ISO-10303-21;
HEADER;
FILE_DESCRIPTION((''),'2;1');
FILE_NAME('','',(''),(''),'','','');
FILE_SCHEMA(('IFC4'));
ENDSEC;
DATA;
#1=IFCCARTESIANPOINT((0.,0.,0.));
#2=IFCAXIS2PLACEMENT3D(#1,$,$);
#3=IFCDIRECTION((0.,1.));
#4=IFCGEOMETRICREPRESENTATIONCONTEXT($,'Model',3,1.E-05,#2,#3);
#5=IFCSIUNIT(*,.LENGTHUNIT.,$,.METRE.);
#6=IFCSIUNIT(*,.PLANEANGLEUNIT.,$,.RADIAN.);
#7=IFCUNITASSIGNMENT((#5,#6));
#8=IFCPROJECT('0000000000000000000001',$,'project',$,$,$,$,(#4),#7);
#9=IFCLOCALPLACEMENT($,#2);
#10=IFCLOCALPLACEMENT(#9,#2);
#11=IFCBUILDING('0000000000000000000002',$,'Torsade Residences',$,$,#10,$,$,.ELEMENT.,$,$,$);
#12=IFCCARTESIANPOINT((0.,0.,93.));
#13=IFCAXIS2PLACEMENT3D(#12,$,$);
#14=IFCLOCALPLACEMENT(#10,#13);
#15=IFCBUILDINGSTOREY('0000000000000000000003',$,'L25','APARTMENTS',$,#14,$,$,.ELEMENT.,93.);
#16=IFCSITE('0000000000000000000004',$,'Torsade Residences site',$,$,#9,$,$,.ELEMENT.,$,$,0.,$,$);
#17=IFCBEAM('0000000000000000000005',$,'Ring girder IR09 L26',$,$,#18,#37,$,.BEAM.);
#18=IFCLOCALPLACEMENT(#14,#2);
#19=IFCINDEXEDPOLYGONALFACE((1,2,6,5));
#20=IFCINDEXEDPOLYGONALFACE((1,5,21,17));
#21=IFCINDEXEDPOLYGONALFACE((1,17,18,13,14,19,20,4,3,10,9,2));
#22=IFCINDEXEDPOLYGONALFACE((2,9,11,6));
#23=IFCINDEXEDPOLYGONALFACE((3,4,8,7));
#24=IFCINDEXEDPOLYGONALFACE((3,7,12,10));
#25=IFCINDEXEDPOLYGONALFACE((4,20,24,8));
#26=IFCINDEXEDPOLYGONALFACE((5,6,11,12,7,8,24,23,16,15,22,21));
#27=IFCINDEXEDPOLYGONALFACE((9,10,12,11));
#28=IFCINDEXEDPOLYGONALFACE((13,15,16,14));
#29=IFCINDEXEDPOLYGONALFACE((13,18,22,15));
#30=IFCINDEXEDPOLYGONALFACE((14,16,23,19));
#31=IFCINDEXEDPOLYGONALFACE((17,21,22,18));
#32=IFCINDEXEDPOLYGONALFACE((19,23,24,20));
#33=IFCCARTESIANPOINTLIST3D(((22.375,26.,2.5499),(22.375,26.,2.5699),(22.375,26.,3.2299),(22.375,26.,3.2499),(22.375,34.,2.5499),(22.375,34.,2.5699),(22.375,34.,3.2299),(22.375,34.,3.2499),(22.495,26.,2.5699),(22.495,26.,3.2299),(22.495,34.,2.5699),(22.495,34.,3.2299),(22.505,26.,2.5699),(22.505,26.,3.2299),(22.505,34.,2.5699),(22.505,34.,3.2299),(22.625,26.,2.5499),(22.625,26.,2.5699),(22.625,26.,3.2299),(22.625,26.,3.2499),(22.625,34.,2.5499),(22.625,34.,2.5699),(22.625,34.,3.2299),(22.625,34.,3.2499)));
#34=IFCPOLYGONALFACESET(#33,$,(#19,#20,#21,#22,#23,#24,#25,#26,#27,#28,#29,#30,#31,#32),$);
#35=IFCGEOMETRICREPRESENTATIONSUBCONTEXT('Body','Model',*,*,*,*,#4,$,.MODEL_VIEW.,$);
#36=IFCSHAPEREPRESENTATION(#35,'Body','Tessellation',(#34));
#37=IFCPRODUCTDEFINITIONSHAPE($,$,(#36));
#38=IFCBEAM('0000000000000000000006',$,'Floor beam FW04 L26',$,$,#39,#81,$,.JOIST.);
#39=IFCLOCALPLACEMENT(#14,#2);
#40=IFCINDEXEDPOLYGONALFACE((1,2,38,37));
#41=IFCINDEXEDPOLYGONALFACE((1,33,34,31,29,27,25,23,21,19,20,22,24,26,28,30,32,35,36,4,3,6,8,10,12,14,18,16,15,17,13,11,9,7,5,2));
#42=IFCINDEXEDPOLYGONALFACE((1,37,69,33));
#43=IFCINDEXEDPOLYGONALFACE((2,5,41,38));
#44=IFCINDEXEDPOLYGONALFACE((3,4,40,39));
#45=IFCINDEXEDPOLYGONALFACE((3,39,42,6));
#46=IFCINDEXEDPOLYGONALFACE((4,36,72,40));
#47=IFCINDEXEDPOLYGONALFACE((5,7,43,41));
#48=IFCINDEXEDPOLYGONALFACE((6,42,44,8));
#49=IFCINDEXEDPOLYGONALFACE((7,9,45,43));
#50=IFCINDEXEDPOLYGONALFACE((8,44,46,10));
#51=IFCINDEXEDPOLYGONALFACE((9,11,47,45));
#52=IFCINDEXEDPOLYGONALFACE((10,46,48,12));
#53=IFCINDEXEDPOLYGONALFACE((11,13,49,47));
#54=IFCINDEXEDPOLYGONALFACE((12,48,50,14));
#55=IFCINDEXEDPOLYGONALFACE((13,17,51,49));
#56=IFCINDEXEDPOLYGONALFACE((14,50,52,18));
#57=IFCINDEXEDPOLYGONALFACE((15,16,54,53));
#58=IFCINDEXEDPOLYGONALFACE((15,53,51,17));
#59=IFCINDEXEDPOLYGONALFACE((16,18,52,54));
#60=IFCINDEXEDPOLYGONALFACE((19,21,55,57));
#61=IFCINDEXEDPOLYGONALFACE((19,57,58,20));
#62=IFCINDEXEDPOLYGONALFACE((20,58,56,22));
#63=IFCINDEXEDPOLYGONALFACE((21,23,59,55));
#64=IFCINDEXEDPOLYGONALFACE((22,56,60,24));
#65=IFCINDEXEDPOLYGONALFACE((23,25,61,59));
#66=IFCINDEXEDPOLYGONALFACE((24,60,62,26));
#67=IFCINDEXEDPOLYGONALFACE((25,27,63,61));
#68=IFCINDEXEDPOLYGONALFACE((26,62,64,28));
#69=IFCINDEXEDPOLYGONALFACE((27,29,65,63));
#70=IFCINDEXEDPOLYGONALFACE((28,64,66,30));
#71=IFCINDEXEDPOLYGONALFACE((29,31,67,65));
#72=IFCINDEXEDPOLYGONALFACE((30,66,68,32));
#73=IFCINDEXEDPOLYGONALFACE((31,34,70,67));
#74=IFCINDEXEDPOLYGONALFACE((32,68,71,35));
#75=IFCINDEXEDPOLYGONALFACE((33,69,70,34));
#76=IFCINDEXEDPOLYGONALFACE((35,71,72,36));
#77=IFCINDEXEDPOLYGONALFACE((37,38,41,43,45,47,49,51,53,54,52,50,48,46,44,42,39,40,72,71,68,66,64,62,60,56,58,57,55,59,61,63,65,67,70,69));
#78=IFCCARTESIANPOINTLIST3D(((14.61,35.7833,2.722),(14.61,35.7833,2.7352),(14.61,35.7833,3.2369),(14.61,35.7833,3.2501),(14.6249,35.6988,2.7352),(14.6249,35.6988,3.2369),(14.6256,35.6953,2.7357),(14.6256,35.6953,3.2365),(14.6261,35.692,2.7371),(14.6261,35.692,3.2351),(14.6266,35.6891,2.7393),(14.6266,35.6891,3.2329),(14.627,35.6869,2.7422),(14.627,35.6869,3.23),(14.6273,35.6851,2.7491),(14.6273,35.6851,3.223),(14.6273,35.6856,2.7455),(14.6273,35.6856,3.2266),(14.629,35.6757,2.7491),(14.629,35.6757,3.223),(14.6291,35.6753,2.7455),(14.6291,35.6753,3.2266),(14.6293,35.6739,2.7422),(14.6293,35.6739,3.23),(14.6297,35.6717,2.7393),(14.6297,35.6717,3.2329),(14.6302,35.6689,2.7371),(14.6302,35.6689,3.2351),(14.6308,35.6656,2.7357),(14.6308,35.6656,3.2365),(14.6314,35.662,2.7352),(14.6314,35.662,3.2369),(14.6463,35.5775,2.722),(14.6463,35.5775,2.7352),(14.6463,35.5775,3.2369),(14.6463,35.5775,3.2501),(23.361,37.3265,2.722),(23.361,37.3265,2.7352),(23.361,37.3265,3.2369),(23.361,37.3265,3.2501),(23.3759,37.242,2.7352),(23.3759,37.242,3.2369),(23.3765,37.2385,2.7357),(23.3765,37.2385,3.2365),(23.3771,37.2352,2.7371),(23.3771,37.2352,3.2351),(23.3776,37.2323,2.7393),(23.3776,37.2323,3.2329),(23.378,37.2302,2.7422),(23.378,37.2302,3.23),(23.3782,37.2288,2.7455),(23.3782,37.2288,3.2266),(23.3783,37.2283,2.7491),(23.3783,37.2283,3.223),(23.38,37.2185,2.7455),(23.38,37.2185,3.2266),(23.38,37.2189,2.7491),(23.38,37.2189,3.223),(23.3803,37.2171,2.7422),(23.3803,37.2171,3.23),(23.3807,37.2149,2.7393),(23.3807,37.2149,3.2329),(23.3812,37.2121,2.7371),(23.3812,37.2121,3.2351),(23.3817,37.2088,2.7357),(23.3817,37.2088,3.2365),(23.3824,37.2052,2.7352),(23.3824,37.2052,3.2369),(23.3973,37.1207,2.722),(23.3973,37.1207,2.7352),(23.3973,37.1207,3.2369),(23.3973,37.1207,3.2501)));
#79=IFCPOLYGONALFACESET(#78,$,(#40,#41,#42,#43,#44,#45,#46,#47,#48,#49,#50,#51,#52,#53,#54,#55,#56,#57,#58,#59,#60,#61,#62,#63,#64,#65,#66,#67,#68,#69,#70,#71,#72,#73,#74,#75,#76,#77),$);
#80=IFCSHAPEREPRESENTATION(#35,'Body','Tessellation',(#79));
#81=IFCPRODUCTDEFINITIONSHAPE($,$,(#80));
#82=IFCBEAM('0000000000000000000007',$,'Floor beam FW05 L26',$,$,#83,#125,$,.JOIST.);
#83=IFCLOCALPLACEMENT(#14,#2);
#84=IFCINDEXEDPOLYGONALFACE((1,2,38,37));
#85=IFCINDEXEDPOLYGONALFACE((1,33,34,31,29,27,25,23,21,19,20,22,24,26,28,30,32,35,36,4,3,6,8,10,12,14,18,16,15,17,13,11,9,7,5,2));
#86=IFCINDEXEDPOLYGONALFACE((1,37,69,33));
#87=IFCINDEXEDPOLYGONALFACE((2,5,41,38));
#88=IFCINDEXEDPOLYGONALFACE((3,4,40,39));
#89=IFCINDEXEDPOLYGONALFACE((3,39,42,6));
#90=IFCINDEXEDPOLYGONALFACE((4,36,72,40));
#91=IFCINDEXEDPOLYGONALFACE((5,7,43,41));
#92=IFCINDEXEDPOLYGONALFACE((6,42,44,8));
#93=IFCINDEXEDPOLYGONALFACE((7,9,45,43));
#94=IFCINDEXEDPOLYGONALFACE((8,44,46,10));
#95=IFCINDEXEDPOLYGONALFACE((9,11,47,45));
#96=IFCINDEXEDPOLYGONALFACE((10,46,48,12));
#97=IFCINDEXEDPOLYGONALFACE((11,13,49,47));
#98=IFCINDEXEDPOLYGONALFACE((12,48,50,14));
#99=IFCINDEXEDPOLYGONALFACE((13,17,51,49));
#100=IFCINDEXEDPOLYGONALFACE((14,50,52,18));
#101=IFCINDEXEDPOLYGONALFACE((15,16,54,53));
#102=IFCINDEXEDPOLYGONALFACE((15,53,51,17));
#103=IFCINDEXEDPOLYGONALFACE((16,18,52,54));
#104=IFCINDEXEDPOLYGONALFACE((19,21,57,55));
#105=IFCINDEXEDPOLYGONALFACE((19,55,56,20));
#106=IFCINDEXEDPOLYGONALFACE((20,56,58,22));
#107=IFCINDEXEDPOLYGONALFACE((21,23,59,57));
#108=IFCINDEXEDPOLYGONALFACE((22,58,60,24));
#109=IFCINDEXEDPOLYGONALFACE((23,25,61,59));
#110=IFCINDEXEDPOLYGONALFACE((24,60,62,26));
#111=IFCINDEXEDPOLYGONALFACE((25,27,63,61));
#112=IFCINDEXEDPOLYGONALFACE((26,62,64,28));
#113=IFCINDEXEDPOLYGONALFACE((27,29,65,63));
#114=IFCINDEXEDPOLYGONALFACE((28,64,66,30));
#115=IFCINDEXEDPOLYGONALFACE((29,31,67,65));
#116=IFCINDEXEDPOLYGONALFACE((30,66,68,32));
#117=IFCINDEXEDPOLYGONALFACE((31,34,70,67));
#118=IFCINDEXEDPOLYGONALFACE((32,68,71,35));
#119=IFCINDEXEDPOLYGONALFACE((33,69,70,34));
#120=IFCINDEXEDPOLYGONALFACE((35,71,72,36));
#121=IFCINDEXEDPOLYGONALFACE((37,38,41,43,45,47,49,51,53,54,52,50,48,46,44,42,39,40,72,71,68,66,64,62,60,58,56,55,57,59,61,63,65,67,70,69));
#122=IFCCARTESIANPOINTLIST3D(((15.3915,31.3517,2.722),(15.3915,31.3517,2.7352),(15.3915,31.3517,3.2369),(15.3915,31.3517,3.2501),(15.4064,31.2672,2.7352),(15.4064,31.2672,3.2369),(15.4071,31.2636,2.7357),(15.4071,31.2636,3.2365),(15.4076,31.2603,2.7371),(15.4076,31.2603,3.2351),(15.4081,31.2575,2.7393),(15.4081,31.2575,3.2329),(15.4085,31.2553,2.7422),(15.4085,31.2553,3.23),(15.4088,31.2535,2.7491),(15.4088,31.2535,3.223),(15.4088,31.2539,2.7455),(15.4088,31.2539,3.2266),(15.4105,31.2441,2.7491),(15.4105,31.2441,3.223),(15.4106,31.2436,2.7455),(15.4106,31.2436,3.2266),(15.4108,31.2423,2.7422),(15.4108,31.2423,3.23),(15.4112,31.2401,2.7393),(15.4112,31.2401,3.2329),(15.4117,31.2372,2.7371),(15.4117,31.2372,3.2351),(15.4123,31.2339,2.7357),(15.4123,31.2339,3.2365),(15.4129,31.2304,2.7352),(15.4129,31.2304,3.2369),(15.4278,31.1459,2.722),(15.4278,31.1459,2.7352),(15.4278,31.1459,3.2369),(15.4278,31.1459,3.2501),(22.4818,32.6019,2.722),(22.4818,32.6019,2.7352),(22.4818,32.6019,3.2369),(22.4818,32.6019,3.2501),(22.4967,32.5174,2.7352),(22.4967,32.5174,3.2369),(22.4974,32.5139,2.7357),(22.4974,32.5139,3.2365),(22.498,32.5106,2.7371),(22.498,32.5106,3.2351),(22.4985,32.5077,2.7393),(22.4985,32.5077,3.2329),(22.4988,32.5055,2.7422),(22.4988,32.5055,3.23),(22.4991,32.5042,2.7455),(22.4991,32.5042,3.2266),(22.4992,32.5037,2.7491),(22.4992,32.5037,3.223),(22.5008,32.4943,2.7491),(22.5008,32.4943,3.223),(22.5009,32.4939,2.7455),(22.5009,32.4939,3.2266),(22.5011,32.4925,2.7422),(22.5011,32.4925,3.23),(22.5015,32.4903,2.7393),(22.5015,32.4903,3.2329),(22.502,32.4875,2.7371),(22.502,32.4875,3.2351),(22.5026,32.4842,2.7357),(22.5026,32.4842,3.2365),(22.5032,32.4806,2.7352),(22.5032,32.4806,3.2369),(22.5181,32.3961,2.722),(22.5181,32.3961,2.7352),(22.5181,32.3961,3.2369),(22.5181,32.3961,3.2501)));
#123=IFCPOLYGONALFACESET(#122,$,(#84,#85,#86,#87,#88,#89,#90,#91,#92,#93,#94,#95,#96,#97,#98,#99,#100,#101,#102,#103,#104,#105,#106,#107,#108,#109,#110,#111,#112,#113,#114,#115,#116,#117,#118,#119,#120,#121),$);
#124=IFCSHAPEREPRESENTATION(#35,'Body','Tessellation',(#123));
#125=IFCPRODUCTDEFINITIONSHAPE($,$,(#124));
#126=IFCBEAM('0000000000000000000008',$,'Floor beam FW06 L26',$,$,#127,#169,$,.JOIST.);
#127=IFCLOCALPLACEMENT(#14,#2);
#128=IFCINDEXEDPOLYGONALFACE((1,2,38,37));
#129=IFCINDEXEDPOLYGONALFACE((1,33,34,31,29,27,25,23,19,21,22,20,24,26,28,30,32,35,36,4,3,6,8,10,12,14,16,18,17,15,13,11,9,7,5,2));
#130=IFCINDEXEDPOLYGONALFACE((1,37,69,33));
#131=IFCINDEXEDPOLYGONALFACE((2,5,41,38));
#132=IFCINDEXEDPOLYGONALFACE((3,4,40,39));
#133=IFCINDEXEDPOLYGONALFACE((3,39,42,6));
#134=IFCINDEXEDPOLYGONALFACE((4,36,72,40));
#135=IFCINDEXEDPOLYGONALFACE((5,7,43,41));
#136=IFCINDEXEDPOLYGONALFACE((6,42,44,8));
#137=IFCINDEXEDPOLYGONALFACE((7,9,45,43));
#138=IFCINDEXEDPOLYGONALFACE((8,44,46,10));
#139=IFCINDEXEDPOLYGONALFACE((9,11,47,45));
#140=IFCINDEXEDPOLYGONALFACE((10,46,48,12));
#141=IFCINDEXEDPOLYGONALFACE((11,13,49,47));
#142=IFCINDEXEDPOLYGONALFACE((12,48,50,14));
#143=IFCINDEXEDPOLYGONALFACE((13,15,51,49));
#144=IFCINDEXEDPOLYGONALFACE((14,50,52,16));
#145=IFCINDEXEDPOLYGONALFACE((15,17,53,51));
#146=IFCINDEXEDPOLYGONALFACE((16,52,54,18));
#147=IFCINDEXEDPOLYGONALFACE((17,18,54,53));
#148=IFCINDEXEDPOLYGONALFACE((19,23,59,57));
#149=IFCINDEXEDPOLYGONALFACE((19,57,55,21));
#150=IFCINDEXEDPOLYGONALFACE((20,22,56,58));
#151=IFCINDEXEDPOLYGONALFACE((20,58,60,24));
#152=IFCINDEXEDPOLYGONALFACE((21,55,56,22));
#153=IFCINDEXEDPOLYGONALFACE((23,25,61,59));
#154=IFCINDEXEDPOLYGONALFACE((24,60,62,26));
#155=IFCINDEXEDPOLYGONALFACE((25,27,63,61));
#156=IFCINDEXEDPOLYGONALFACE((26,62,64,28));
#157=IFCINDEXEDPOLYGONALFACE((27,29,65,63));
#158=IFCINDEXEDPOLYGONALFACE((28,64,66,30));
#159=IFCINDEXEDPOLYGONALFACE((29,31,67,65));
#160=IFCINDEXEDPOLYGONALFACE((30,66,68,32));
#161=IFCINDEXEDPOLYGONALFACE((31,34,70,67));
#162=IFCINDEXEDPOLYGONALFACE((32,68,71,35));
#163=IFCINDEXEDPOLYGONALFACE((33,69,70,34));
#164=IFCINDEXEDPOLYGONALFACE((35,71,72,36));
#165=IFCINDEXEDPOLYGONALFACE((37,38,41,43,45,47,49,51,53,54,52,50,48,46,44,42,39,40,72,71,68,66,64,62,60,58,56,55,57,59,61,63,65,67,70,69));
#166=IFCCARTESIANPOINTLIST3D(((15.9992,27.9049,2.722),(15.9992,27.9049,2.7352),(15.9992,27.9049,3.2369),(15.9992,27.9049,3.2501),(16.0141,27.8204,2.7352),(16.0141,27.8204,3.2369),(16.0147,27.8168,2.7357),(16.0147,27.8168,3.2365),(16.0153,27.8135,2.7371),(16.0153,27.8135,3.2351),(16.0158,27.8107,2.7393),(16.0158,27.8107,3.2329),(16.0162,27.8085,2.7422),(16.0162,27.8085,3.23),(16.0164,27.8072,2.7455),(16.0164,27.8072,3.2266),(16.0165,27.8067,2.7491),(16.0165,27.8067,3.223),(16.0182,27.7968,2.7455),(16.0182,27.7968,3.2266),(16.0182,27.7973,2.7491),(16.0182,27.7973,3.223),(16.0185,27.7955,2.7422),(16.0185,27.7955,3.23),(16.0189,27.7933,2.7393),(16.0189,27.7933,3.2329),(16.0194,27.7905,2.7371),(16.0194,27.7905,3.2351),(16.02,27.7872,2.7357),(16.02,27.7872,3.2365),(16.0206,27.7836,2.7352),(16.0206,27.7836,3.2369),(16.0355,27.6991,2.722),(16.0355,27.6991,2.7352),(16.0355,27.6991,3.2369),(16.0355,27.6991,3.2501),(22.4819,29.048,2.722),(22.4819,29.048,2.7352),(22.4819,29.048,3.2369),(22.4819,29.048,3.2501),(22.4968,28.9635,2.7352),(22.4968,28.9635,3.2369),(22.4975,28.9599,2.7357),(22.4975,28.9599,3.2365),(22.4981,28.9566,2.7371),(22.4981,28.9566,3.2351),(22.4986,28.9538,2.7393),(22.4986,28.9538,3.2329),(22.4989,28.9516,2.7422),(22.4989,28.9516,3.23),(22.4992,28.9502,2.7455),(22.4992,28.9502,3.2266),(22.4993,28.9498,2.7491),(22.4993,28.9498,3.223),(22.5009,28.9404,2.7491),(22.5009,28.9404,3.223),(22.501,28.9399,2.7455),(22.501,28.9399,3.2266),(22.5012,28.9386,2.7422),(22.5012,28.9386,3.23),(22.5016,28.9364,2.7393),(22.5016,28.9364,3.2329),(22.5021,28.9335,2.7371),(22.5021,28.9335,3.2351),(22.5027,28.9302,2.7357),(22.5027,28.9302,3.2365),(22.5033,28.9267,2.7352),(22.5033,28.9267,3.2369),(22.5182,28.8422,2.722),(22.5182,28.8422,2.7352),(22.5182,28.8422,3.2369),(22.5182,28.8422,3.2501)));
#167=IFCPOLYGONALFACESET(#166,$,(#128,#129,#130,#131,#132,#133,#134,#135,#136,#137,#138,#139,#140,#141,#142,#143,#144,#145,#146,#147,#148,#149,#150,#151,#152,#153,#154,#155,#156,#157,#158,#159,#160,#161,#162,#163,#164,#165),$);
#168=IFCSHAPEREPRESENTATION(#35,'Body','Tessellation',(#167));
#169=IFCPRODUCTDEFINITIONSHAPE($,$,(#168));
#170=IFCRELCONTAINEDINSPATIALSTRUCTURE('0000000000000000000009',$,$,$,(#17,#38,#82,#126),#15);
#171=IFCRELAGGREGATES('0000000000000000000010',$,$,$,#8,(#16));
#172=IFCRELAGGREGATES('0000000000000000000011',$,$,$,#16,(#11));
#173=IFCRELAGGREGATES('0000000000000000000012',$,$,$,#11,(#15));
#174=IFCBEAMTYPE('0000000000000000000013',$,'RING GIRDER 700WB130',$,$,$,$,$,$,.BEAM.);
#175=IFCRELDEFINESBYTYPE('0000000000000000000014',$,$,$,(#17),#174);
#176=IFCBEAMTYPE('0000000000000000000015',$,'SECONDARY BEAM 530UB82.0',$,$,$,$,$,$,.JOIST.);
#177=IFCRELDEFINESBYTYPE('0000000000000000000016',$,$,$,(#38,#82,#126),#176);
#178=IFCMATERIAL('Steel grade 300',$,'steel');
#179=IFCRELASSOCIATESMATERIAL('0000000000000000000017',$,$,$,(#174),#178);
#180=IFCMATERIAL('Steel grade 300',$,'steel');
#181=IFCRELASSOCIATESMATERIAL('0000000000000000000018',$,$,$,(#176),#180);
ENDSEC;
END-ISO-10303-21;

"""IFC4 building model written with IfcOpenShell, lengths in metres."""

from ifc_helpers import new_model, si_unit, direction, frame, origin, origin_2d, place, context, subcontext, project, spatial, i_section, extrude, material, material_profile, profile_set, type_object, element, save


model = new_model("IFC4")

# Units and contexts
model_context = context("Model", 3, precision=1e-05, world=origin(), true_north=direction((0.0, 1.0)))
body_context = subcontext(model_context, "Body", "Model", "MODEL_VIEW")
ifc_project = project(units=[si_unit("LENGTHUNIT", "METRE"), si_unit("PLANEANGLEUNIT", "RADIAN")], contexts=[model_context])

# Site, building, storey
site_placement = place(None, origin())
site = spatial("IfcSite", under=ifc_project, at=site_placement, Name="Torsade Residences site", CompositionType="ELEMENT", RefElevation=0.0)
building_placement = place(site_placement, origin())
building = spatial("IfcBuilding", under=site, at=building_placement, Name="Torsade Residences", CompositionType="ELEMENT")
storey_placement = place(building_placement, frame((0.0, 0.0, 93.0)))
storey = spatial("IfcBuildingStorey", under=building, at=storey_placement, Name="L25", Description="APARTMENTS", CompositionType="ELEMENT", Elevation=93.0)

# Beams
ifc_material_1 = material(Name="Steel grade 300", Category="steel")
ifc_material_profile_1 = material_profile(ifc_material_1, i_section(OverallWidth=0.25, OverallDepth=0.7, WebThickness=0.01, FlangeThickness=0.02, at=origin_2d()), Name="700WB130")
ifc_profile_set_1 = profile_set([ifc_material_profile_1], Name="Steel grade 300")
beam_type_1 = type_object("IfcBeamType", Name="RING GIRDER 700WB130", PredefinedType="BEAM", material=ifc_profile_set_1)
beam_1_placement = place(storey_placement, frame((22.5, 34.0, 2.8999), z_axis=(0.0, -1.0, 0.0), x_axis=(1.0, 0.0, 0.0)))
element("IfcBeam", 1, at=beam_1_placement, inside=storey, type_object=beam_type_1, Name="Ring girder IR09 L26", PredefinedType="BEAM", context=body_context, shape_type="SweptSolid", body=[
    extrude(i_section(OverallWidth=0.25, OverallDepth=0.7, WebThickness=0.01, FlangeThickness=0.02, at=origin_2d()), origin(), (0.0, 0.0, 1.0), 8.0),
])
ifc_material_2 = material(Name="Steel grade 300", Category="steel")
ifc_material_profile_2 = material_profile(ifc_material_2, i_section(OverallWidth=0.209, OverallDepth=0.5281, WebThickness=0.0095, FlangeThickness=0.0132, FilletRadius=0.0139, at=origin_2d()), Name="530UB82.0")
ifc_profile_set_2 = profile_set([ifc_material_profile_2], Name="Steel grade 300")
beam_type_2 = type_object("IfcBeamType", Name="SECONDARY BEAM 530UB82.0", PredefinedType="JOIST", material=ifc_profile_set_2)
beam_2_placement = place(storey_placement, frame((14.6282, 35.6804, 2.9861), z_axis=(0.984804, 0.173668, 0.0), x_axis=(-0.173668, 0.984804, 0.0)))
element("IfcBeam", 2, at=beam_2_placement, inside=storey, type_object=beam_type_2, Name="Floor beam FW04 L26", PredefinedType="JOIST", context=body_context, shape_type="SweptSolid", body=[
    extrude(i_section(OverallWidth=0.209, OverallDepth=0.5281, WebThickness=0.0095, FlangeThickness=0.0132, FilletRadius=0.0139, at=origin_2d()), origin(), (0.0, 0.0, 1.0), 8.886),
])
beam_3_placement = place(storey_placement, frame((15.4097, 31.2488, 2.9861), z_axis=(0.984807, 0.173652, 0.0), x_axis=(-0.173652, 0.984807, 0.0)))
element("IfcBeam", 3, at=beam_3_placement, inside=storey, type_object=beam_type_2, Name="Floor beam FW05 L26", PredefinedType="JOIST", context=body_context, shape_type="SweptSolid", body=[
    extrude(i_section(OverallWidth=0.209, OverallDepth=0.5281, WebThickness=0.0095, FlangeThickness=0.0132, FilletRadius=0.0139, at=origin_2d()), origin(), (0.0, 0.0, 1.0), 7.1997),
])
beam_4_placement = place(storey_placement, frame((16.0173, 27.802, 2.9861), z_axis=(0.984808, 0.173648, 0.0), x_axis=(-0.173648, 0.984808, 0.0)))
element("IfcBeam", 4, at=beam_4_placement, inside=storey, type_object=beam_type_2, Name="Floor beam FW06 L26", PredefinedType="JOIST", context=body_context, shape_type="SweptSolid", body=[
    extrude(i_section(OverallWidth=0.209, OverallDepth=0.5281, WebThickness=0.0095, FlangeThickness=0.0132, FilletRadius=0.0139, at=origin_2d()), origin(), (0.0, 0.0, 1.0), 6.5828),
])

save(model, "model.ifc")
